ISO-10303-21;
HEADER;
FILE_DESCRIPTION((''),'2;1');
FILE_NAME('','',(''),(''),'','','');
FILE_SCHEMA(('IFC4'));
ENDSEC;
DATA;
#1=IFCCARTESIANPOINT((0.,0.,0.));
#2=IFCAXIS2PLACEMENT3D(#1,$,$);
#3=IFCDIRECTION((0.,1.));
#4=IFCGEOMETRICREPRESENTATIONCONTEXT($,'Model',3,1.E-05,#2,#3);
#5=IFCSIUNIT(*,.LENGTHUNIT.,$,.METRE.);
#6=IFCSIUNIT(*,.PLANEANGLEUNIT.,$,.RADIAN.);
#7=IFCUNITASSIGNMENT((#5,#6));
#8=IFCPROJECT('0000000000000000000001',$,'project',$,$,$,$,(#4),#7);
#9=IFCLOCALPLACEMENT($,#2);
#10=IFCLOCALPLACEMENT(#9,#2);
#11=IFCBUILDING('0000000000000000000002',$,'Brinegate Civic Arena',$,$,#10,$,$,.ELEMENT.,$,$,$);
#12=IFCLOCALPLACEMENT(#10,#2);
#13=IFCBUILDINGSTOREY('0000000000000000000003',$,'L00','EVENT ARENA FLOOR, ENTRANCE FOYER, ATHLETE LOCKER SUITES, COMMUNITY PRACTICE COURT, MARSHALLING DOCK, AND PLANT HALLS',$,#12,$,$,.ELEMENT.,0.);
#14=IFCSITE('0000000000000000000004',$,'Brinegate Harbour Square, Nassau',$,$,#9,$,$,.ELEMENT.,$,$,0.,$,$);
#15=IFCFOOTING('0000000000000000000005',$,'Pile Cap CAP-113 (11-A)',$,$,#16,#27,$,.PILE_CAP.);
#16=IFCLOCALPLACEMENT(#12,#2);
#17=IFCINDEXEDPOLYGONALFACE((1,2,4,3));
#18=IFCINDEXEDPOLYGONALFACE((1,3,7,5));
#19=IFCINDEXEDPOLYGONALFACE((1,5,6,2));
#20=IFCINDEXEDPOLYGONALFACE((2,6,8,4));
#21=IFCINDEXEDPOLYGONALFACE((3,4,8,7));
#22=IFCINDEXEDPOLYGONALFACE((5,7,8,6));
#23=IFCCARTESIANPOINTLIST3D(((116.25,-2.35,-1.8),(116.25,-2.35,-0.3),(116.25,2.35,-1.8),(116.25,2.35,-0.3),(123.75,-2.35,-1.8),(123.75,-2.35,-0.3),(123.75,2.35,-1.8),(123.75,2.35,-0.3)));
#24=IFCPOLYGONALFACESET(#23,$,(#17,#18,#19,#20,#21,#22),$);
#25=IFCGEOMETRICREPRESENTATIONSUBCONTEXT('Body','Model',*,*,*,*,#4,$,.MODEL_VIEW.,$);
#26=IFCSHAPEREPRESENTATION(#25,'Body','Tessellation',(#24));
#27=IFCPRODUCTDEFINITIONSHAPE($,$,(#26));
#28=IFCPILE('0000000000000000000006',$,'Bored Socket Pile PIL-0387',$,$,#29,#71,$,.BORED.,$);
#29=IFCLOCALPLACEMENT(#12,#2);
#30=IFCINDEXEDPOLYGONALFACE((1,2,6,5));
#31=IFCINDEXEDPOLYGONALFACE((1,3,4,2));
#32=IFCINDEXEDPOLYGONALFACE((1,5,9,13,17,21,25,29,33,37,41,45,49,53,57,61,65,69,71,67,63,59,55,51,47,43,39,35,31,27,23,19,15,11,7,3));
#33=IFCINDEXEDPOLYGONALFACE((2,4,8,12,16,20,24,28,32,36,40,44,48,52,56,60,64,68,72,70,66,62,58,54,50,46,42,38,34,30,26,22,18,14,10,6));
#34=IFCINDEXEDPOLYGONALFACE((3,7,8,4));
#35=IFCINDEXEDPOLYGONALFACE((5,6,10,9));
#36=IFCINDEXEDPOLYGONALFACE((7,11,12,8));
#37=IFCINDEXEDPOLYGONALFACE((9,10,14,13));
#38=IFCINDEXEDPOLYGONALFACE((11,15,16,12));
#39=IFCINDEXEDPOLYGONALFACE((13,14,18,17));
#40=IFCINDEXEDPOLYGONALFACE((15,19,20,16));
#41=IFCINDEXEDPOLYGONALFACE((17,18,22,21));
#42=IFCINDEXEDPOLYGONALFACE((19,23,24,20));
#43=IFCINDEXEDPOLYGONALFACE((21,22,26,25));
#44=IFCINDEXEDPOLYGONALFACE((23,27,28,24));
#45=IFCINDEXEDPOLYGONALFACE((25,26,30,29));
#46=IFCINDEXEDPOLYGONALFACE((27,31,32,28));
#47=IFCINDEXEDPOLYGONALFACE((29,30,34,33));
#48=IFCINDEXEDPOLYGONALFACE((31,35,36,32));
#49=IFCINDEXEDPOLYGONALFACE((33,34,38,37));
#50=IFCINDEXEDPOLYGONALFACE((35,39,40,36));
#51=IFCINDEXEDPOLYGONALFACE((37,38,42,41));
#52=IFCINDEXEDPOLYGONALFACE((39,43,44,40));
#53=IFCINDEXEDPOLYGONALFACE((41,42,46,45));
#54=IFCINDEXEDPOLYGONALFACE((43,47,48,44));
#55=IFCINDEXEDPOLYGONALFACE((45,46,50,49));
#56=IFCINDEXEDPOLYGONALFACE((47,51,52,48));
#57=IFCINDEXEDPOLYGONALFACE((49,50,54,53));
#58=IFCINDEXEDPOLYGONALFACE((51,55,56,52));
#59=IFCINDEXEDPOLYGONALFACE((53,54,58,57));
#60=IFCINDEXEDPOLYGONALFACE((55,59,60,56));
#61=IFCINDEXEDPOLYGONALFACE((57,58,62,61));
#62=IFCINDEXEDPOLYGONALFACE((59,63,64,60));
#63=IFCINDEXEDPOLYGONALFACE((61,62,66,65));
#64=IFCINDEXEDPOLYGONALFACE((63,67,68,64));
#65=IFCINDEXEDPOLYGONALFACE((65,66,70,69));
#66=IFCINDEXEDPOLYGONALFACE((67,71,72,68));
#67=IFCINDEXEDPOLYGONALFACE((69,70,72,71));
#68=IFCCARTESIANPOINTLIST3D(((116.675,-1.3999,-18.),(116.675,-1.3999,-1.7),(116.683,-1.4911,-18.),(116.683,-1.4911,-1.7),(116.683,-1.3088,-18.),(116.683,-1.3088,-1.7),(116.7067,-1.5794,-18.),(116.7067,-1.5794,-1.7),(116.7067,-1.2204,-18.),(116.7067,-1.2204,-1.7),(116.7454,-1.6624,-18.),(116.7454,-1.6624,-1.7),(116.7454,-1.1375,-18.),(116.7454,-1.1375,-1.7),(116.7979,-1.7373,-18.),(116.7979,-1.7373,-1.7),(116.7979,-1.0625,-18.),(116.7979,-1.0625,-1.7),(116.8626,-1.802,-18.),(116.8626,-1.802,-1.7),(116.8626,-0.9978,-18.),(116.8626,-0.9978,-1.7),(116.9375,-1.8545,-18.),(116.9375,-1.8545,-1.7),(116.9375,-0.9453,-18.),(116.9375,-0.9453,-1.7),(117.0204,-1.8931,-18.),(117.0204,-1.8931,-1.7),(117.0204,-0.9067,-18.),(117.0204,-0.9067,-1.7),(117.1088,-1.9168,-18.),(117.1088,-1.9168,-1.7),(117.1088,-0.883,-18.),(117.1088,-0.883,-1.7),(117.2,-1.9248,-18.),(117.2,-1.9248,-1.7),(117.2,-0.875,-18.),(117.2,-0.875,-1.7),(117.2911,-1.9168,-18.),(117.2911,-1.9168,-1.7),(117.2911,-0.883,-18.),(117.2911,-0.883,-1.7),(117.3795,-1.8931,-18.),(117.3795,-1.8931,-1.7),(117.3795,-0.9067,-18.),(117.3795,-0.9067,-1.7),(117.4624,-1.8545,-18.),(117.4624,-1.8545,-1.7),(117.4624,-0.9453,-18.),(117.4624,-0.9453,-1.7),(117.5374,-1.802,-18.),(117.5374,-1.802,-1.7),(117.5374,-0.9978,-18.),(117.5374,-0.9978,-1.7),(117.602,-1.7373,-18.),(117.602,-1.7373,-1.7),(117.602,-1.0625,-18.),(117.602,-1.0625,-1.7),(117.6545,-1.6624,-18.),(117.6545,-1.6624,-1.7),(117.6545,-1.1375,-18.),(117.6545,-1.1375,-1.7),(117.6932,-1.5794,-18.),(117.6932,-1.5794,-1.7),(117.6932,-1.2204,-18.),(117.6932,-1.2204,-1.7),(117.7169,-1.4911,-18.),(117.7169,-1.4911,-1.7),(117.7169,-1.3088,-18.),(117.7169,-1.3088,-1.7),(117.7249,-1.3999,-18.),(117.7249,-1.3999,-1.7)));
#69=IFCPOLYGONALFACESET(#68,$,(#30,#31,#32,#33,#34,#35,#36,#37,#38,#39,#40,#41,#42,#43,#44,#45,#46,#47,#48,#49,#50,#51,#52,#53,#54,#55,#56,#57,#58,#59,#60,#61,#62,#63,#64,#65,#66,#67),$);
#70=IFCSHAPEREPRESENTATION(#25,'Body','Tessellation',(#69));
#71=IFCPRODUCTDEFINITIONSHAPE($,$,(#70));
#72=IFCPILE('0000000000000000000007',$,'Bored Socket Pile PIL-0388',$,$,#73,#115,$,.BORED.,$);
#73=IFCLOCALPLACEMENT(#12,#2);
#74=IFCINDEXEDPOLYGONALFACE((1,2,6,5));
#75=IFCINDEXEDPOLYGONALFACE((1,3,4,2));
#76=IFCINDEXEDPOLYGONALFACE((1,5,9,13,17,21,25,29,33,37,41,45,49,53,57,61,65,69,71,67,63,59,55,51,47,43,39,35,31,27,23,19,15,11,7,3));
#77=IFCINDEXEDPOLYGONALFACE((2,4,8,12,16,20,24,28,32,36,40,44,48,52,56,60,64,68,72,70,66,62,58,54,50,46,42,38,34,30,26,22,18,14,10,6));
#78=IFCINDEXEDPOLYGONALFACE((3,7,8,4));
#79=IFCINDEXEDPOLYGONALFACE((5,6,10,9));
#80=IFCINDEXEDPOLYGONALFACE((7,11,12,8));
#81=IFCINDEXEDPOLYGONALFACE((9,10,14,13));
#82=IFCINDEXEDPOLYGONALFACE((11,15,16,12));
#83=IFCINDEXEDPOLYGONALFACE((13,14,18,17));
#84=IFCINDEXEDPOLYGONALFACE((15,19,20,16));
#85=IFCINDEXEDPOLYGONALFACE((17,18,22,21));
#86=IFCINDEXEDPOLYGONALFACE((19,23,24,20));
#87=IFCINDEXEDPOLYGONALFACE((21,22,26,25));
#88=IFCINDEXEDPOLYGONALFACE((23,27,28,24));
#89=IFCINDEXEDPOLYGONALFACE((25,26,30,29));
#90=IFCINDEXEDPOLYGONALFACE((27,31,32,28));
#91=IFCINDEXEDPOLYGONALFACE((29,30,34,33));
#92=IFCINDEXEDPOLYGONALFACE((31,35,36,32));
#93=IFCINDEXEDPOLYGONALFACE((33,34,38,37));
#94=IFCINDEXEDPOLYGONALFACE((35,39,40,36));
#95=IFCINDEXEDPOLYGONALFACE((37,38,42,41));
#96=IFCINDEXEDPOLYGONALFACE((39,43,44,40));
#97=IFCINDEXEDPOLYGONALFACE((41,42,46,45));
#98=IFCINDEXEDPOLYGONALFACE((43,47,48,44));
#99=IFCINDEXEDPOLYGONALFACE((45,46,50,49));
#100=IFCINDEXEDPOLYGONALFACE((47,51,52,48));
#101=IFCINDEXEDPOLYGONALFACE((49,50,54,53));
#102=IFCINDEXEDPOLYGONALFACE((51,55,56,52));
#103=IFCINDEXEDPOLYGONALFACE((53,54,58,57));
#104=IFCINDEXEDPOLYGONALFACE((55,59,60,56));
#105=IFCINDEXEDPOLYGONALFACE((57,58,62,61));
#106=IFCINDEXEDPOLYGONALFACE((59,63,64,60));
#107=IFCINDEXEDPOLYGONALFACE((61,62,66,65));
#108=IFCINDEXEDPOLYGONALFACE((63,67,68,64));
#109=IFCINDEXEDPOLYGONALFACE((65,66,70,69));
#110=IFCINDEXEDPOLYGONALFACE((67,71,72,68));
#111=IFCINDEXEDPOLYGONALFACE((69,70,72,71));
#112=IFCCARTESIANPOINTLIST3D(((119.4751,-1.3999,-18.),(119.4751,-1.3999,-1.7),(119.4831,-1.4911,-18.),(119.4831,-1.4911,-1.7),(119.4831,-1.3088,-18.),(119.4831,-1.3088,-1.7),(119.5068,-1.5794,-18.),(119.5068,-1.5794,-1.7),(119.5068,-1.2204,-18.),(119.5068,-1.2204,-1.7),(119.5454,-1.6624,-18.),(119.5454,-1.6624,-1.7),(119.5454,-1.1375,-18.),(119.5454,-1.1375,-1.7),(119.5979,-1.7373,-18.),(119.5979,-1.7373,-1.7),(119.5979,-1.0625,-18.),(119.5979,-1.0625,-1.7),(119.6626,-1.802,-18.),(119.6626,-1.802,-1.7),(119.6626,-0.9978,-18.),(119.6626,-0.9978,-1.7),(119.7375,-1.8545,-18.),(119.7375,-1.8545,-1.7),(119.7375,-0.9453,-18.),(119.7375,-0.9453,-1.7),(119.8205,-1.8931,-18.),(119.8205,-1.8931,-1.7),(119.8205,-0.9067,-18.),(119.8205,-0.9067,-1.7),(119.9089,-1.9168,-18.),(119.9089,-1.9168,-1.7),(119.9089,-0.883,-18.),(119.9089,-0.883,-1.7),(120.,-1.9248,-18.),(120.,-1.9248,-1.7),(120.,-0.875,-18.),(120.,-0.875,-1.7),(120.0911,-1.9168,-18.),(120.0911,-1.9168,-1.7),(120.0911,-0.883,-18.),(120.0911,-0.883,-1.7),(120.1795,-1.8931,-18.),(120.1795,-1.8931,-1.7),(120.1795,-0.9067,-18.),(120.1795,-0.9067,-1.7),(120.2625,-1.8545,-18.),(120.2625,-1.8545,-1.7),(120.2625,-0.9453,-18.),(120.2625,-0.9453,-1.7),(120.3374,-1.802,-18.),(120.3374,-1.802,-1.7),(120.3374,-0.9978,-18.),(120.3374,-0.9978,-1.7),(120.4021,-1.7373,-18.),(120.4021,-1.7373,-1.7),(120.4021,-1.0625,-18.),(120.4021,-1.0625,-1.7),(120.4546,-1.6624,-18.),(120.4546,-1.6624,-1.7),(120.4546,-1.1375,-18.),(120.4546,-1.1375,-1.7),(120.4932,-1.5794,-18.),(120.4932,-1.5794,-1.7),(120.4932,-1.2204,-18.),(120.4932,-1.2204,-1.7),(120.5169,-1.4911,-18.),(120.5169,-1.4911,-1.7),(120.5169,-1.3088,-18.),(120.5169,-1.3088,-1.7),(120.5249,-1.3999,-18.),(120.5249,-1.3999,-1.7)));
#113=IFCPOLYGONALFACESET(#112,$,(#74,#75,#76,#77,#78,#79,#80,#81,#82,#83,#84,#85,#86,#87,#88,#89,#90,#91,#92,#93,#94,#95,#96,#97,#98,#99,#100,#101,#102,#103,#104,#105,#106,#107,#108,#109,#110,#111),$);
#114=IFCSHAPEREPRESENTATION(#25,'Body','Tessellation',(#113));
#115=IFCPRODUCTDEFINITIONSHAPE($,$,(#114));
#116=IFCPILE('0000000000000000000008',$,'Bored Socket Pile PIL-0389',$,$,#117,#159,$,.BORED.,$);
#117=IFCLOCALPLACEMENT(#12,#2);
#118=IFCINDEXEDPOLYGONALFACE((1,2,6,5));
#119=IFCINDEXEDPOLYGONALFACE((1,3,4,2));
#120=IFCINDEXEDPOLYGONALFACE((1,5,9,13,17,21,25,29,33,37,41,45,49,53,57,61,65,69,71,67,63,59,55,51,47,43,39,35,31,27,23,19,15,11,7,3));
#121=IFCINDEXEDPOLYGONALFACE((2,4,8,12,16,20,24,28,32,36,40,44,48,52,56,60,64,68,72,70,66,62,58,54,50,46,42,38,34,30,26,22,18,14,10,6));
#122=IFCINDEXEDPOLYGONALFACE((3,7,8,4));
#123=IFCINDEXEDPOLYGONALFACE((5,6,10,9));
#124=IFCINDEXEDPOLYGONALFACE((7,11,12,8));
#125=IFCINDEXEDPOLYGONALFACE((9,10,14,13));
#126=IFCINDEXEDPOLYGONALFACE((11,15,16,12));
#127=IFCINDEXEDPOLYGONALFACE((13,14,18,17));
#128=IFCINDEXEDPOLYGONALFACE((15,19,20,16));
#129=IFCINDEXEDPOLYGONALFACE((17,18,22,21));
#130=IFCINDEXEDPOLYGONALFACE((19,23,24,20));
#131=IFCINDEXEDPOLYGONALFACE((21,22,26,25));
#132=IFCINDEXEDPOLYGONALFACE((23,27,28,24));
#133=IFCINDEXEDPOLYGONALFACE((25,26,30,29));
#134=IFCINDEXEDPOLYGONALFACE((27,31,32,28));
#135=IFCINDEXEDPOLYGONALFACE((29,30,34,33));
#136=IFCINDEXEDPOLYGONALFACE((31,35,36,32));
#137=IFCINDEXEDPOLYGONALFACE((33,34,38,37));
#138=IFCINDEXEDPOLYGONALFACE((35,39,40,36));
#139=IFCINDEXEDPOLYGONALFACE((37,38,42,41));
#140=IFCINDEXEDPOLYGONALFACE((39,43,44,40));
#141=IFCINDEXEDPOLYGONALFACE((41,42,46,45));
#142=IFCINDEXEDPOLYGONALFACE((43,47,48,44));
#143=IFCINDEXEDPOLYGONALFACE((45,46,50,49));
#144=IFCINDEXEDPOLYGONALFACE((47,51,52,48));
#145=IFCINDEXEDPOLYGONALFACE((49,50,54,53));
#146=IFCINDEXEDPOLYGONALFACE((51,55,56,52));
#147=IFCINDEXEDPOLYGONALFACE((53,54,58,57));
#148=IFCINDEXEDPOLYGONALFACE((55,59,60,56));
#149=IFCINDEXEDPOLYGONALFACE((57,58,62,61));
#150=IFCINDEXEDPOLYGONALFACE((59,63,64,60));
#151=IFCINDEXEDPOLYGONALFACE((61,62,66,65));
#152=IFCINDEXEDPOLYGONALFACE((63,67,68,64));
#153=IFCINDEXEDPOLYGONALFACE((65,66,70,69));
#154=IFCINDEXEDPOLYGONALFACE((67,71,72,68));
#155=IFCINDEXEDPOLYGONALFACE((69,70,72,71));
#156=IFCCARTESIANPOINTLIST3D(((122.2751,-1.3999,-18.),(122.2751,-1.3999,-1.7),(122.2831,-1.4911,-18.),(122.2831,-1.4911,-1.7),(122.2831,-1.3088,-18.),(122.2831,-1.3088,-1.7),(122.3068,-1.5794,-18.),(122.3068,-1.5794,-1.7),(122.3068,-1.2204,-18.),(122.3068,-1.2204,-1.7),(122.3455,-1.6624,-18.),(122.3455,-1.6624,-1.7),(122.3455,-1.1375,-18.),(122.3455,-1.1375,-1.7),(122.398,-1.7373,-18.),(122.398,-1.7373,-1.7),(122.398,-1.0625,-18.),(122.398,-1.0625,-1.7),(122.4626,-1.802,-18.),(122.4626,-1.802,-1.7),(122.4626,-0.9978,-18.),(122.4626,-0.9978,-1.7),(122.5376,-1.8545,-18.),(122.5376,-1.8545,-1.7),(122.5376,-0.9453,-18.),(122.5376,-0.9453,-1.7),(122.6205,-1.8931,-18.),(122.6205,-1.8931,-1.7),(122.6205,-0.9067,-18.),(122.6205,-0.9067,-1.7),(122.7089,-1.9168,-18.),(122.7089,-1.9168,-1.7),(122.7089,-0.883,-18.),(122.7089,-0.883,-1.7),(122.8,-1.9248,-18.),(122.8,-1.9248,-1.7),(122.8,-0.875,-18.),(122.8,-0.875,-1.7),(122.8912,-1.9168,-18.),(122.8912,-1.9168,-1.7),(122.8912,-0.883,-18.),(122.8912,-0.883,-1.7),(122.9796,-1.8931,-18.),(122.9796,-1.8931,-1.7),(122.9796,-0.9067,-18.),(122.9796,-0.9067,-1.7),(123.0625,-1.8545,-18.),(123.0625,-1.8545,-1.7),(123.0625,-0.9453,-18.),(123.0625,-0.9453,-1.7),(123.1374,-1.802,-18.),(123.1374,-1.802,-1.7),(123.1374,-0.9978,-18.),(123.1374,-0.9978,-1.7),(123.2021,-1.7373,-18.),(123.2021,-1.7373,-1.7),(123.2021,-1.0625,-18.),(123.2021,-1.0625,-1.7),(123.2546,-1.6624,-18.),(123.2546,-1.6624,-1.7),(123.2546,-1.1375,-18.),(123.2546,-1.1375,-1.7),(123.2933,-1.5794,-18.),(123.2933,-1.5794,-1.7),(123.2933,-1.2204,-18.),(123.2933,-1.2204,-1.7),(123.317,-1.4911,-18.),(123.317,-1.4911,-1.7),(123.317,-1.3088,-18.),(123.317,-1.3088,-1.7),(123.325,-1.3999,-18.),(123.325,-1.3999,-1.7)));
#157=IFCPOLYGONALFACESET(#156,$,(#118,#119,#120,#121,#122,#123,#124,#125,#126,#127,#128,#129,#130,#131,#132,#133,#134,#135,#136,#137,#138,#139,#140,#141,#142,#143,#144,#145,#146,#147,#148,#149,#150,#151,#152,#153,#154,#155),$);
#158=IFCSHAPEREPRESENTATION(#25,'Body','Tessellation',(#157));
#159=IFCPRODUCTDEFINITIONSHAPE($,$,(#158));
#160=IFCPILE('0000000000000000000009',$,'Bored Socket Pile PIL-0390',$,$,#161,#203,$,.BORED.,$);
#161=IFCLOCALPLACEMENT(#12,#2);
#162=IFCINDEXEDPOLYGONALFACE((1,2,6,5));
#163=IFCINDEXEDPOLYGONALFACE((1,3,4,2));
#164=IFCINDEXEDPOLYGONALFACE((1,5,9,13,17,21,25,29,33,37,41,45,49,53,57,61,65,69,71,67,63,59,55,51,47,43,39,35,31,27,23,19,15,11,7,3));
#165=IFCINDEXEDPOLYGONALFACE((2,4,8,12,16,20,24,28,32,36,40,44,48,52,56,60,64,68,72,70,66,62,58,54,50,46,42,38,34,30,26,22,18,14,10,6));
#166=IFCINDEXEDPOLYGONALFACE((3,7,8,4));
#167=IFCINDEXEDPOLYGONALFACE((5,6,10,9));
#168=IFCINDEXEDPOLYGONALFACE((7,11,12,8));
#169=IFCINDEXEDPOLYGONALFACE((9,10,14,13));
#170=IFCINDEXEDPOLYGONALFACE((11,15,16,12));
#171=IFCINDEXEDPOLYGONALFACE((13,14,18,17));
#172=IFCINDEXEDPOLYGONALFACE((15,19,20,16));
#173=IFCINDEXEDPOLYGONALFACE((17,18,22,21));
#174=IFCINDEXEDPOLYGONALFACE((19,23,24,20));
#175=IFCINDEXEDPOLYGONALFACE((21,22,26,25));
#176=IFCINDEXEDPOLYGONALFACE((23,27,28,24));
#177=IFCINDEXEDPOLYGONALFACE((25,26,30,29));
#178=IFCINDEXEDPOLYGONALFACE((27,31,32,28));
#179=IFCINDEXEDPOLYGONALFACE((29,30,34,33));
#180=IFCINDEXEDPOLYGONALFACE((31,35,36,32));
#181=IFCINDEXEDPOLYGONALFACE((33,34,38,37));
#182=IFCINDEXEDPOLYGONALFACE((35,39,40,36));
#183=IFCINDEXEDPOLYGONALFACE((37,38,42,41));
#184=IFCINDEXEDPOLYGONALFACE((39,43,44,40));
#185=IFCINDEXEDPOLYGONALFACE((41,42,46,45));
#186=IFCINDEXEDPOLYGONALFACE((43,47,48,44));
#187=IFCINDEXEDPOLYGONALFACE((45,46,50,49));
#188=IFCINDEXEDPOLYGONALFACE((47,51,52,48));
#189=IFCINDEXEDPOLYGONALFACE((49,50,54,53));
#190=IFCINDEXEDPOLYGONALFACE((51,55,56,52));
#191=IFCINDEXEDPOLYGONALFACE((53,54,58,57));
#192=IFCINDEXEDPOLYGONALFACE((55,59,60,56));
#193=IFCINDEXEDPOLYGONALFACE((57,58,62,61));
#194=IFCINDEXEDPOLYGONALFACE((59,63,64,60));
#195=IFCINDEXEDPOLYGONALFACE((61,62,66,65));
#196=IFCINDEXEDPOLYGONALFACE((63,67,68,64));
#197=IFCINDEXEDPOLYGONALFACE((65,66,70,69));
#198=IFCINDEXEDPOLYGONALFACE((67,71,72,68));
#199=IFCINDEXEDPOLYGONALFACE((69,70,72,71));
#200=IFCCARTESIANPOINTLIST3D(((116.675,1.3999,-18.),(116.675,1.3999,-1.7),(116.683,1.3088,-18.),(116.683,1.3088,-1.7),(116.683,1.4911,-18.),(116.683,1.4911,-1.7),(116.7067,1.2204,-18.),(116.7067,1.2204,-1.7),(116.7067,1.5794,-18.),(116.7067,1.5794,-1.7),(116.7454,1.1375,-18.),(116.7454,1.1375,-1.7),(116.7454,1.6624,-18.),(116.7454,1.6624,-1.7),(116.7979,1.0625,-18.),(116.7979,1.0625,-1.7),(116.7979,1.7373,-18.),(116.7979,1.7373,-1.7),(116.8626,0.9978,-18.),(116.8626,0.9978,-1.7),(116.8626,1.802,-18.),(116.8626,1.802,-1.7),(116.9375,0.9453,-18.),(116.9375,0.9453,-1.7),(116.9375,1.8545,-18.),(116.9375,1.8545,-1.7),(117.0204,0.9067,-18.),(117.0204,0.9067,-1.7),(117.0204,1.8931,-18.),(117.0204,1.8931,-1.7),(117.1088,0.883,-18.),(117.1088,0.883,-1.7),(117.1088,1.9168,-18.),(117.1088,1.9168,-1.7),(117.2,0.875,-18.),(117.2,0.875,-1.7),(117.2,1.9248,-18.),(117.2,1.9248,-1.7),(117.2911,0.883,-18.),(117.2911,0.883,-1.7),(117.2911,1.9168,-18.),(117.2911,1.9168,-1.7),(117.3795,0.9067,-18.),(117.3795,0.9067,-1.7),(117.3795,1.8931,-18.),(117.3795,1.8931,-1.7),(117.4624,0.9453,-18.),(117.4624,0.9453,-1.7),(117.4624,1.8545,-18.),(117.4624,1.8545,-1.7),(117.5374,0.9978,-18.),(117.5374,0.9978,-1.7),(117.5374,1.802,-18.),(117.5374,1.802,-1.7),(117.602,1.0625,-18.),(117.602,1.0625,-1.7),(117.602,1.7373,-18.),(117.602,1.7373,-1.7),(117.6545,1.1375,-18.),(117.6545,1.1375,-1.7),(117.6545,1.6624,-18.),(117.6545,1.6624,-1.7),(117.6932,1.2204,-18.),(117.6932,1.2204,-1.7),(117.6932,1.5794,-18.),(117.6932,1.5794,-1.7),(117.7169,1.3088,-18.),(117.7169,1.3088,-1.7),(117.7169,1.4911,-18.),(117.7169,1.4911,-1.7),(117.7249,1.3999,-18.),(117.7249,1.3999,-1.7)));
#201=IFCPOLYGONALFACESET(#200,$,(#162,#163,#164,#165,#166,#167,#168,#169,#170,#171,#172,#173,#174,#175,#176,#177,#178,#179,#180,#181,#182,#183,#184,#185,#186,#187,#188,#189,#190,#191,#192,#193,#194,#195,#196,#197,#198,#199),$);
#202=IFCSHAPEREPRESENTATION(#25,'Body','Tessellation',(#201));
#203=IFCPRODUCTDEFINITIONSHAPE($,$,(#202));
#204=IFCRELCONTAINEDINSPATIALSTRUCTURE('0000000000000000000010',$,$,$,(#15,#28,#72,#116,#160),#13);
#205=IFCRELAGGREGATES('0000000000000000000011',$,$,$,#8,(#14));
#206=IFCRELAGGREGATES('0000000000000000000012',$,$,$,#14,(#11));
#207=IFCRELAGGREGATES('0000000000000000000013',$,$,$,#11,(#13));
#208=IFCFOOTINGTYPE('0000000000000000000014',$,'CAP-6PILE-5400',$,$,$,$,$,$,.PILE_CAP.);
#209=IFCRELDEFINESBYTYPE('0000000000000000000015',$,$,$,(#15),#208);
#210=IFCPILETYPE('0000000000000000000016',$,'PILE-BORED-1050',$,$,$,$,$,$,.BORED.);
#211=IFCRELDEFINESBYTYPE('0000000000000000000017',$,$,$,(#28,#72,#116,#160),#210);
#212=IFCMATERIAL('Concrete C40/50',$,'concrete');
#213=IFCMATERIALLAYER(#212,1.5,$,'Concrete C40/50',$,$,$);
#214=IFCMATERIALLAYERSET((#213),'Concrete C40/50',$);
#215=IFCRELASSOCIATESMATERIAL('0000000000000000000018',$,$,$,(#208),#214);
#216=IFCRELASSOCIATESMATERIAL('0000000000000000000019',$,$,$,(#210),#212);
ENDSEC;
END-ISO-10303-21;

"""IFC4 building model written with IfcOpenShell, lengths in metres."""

from ifc_helpers import new_model, si_unit, direction, frame, origin, origin_2d, place, context, subcontext, project, spatial, rectangle, circle, extrude, material, layer, layer_set, material_profile, profile_set, type_object, element, save


model = new_model("IFC4")

# Units and contexts
model_context = context("Model", 3, precision=1e-05, world=origin(), true_north=direction((0.0, 1.0)))
body_context = subcontext(model_context, "Body", "Model", "MODEL_VIEW")
ifc_project = project(units=[si_unit("LENGTHUNIT", "METRE"), si_unit("PLANEANGLEUNIT", "RADIAN")], contexts=[model_context])

# Site, building, storey
site_placement = place(None, origin())
site = spatial("IfcSite", under=ifc_project, at=site_placement, Name="Brinegate Harbour Square, Nassau", CompositionType="ELEMENT", RefElevation=0.0)
building_placement = place(site_placement, origin())
building = spatial("IfcBuilding", under=site, at=building_placement, Name="Brinegate Civic Arena", CompositionType="ELEMENT")
storey_placement = place(building_placement, origin())
storey = spatial("IfcBuildingStorey", under=building, at=storey_placement, Name="L00", Description="EVENT ARENA FLOOR, ENTRANCE FOYER, ATHLETE LOCKER SUITES, COMMUNITY PRACTICE COURT, MARSHALLING DOCK, AND PLANT HALLS", CompositionType="ELEMENT", Elevation=0.0)

# Footing
ifc_material_1 = material(Name="Concrete C40/50", Category="concrete")
ifc_layer_1 = layer(ifc_material_1, 1.5, Name="Concrete C40/50")
ifc_layer_set_1 = layer_set([ifc_layer_1], Name="Concrete C40/50")
footing_type_1 = type_object("IfcFootingType", Name="CAP-6PILE-5400", PredefinedType="PILE_CAP", material=ifc_layer_set_1)
footing_1_placement = place(storey_placement, frame((120.0, 0.0, -1.8), z_axis=(0.0, 0.0, 1.0), x_axis=(1.0, 0.0, 0.0)))
element("IfcFooting", 1, at=footing_1_placement, inside=storey, type_object=footing_type_1, Name="Pile Cap CAP-113 (11-A)", PredefinedType="PILE_CAP", context=body_context, shape_type="SweptSolid", body=[
    extrude(rectangle(XDim=7.5, YDim=4.7, at=origin_2d()), origin(), (0.0, 0.0, 1.0), 1.5),
])

# Piles
ifc_material_profile_1 = material_profile(ifc_material_1, circle(Radius=0.5249, at=origin_2d()), Name="PILED1050")
ifc_profile_set_1 = profile_set([ifc_material_profile_1], Name="Concrete C40/50")
pile_type_1 = type_object("IfcPileType", Name="PILE-BORED-1050", PredefinedType="BORED", material=ifc_profile_set_1)
for number, where, z_axis, x_axis, name in (
    (2, (117.2, -1.3999, -1.7), (0.0, 0.0, -1.0), (1.0, 0.0, 0.0), "Bored Socket Pile PIL-0387"),
    (3, (120.0, -1.3999, -1.7), (0.0, 0.0, -1.0), (1.0, 0.0, 0.0), "Bored Socket Pile PIL-0388"),
    (4, (122.8, -1.3999, -1.7), (0.0, 0.0, -1.0), (1.0, 0.0, 0.0), "Bored Socket Pile PIL-0389"),
    (5, (117.2, 1.3999, -1.7), (0.0, 0.0, -1.0), (1.0, 0.0, 0.0), "Bored Socket Pile PIL-0390"),
):
    element("IfcPile", number, at=place(storey_placement, frame(where, z_axis=z_axis, x_axis=x_axis)), inside=storey, type_object=pile_type_1, Name=name, PredefinedType="BORED", context=body_context, shape_type="SweptSolid", body=[
        extrude(circle(Radius=0.5249, at=origin_2d()), origin(), (0.0, 0.0, 1.0), 16.3),
    ])

save(model, "model.ifc")
